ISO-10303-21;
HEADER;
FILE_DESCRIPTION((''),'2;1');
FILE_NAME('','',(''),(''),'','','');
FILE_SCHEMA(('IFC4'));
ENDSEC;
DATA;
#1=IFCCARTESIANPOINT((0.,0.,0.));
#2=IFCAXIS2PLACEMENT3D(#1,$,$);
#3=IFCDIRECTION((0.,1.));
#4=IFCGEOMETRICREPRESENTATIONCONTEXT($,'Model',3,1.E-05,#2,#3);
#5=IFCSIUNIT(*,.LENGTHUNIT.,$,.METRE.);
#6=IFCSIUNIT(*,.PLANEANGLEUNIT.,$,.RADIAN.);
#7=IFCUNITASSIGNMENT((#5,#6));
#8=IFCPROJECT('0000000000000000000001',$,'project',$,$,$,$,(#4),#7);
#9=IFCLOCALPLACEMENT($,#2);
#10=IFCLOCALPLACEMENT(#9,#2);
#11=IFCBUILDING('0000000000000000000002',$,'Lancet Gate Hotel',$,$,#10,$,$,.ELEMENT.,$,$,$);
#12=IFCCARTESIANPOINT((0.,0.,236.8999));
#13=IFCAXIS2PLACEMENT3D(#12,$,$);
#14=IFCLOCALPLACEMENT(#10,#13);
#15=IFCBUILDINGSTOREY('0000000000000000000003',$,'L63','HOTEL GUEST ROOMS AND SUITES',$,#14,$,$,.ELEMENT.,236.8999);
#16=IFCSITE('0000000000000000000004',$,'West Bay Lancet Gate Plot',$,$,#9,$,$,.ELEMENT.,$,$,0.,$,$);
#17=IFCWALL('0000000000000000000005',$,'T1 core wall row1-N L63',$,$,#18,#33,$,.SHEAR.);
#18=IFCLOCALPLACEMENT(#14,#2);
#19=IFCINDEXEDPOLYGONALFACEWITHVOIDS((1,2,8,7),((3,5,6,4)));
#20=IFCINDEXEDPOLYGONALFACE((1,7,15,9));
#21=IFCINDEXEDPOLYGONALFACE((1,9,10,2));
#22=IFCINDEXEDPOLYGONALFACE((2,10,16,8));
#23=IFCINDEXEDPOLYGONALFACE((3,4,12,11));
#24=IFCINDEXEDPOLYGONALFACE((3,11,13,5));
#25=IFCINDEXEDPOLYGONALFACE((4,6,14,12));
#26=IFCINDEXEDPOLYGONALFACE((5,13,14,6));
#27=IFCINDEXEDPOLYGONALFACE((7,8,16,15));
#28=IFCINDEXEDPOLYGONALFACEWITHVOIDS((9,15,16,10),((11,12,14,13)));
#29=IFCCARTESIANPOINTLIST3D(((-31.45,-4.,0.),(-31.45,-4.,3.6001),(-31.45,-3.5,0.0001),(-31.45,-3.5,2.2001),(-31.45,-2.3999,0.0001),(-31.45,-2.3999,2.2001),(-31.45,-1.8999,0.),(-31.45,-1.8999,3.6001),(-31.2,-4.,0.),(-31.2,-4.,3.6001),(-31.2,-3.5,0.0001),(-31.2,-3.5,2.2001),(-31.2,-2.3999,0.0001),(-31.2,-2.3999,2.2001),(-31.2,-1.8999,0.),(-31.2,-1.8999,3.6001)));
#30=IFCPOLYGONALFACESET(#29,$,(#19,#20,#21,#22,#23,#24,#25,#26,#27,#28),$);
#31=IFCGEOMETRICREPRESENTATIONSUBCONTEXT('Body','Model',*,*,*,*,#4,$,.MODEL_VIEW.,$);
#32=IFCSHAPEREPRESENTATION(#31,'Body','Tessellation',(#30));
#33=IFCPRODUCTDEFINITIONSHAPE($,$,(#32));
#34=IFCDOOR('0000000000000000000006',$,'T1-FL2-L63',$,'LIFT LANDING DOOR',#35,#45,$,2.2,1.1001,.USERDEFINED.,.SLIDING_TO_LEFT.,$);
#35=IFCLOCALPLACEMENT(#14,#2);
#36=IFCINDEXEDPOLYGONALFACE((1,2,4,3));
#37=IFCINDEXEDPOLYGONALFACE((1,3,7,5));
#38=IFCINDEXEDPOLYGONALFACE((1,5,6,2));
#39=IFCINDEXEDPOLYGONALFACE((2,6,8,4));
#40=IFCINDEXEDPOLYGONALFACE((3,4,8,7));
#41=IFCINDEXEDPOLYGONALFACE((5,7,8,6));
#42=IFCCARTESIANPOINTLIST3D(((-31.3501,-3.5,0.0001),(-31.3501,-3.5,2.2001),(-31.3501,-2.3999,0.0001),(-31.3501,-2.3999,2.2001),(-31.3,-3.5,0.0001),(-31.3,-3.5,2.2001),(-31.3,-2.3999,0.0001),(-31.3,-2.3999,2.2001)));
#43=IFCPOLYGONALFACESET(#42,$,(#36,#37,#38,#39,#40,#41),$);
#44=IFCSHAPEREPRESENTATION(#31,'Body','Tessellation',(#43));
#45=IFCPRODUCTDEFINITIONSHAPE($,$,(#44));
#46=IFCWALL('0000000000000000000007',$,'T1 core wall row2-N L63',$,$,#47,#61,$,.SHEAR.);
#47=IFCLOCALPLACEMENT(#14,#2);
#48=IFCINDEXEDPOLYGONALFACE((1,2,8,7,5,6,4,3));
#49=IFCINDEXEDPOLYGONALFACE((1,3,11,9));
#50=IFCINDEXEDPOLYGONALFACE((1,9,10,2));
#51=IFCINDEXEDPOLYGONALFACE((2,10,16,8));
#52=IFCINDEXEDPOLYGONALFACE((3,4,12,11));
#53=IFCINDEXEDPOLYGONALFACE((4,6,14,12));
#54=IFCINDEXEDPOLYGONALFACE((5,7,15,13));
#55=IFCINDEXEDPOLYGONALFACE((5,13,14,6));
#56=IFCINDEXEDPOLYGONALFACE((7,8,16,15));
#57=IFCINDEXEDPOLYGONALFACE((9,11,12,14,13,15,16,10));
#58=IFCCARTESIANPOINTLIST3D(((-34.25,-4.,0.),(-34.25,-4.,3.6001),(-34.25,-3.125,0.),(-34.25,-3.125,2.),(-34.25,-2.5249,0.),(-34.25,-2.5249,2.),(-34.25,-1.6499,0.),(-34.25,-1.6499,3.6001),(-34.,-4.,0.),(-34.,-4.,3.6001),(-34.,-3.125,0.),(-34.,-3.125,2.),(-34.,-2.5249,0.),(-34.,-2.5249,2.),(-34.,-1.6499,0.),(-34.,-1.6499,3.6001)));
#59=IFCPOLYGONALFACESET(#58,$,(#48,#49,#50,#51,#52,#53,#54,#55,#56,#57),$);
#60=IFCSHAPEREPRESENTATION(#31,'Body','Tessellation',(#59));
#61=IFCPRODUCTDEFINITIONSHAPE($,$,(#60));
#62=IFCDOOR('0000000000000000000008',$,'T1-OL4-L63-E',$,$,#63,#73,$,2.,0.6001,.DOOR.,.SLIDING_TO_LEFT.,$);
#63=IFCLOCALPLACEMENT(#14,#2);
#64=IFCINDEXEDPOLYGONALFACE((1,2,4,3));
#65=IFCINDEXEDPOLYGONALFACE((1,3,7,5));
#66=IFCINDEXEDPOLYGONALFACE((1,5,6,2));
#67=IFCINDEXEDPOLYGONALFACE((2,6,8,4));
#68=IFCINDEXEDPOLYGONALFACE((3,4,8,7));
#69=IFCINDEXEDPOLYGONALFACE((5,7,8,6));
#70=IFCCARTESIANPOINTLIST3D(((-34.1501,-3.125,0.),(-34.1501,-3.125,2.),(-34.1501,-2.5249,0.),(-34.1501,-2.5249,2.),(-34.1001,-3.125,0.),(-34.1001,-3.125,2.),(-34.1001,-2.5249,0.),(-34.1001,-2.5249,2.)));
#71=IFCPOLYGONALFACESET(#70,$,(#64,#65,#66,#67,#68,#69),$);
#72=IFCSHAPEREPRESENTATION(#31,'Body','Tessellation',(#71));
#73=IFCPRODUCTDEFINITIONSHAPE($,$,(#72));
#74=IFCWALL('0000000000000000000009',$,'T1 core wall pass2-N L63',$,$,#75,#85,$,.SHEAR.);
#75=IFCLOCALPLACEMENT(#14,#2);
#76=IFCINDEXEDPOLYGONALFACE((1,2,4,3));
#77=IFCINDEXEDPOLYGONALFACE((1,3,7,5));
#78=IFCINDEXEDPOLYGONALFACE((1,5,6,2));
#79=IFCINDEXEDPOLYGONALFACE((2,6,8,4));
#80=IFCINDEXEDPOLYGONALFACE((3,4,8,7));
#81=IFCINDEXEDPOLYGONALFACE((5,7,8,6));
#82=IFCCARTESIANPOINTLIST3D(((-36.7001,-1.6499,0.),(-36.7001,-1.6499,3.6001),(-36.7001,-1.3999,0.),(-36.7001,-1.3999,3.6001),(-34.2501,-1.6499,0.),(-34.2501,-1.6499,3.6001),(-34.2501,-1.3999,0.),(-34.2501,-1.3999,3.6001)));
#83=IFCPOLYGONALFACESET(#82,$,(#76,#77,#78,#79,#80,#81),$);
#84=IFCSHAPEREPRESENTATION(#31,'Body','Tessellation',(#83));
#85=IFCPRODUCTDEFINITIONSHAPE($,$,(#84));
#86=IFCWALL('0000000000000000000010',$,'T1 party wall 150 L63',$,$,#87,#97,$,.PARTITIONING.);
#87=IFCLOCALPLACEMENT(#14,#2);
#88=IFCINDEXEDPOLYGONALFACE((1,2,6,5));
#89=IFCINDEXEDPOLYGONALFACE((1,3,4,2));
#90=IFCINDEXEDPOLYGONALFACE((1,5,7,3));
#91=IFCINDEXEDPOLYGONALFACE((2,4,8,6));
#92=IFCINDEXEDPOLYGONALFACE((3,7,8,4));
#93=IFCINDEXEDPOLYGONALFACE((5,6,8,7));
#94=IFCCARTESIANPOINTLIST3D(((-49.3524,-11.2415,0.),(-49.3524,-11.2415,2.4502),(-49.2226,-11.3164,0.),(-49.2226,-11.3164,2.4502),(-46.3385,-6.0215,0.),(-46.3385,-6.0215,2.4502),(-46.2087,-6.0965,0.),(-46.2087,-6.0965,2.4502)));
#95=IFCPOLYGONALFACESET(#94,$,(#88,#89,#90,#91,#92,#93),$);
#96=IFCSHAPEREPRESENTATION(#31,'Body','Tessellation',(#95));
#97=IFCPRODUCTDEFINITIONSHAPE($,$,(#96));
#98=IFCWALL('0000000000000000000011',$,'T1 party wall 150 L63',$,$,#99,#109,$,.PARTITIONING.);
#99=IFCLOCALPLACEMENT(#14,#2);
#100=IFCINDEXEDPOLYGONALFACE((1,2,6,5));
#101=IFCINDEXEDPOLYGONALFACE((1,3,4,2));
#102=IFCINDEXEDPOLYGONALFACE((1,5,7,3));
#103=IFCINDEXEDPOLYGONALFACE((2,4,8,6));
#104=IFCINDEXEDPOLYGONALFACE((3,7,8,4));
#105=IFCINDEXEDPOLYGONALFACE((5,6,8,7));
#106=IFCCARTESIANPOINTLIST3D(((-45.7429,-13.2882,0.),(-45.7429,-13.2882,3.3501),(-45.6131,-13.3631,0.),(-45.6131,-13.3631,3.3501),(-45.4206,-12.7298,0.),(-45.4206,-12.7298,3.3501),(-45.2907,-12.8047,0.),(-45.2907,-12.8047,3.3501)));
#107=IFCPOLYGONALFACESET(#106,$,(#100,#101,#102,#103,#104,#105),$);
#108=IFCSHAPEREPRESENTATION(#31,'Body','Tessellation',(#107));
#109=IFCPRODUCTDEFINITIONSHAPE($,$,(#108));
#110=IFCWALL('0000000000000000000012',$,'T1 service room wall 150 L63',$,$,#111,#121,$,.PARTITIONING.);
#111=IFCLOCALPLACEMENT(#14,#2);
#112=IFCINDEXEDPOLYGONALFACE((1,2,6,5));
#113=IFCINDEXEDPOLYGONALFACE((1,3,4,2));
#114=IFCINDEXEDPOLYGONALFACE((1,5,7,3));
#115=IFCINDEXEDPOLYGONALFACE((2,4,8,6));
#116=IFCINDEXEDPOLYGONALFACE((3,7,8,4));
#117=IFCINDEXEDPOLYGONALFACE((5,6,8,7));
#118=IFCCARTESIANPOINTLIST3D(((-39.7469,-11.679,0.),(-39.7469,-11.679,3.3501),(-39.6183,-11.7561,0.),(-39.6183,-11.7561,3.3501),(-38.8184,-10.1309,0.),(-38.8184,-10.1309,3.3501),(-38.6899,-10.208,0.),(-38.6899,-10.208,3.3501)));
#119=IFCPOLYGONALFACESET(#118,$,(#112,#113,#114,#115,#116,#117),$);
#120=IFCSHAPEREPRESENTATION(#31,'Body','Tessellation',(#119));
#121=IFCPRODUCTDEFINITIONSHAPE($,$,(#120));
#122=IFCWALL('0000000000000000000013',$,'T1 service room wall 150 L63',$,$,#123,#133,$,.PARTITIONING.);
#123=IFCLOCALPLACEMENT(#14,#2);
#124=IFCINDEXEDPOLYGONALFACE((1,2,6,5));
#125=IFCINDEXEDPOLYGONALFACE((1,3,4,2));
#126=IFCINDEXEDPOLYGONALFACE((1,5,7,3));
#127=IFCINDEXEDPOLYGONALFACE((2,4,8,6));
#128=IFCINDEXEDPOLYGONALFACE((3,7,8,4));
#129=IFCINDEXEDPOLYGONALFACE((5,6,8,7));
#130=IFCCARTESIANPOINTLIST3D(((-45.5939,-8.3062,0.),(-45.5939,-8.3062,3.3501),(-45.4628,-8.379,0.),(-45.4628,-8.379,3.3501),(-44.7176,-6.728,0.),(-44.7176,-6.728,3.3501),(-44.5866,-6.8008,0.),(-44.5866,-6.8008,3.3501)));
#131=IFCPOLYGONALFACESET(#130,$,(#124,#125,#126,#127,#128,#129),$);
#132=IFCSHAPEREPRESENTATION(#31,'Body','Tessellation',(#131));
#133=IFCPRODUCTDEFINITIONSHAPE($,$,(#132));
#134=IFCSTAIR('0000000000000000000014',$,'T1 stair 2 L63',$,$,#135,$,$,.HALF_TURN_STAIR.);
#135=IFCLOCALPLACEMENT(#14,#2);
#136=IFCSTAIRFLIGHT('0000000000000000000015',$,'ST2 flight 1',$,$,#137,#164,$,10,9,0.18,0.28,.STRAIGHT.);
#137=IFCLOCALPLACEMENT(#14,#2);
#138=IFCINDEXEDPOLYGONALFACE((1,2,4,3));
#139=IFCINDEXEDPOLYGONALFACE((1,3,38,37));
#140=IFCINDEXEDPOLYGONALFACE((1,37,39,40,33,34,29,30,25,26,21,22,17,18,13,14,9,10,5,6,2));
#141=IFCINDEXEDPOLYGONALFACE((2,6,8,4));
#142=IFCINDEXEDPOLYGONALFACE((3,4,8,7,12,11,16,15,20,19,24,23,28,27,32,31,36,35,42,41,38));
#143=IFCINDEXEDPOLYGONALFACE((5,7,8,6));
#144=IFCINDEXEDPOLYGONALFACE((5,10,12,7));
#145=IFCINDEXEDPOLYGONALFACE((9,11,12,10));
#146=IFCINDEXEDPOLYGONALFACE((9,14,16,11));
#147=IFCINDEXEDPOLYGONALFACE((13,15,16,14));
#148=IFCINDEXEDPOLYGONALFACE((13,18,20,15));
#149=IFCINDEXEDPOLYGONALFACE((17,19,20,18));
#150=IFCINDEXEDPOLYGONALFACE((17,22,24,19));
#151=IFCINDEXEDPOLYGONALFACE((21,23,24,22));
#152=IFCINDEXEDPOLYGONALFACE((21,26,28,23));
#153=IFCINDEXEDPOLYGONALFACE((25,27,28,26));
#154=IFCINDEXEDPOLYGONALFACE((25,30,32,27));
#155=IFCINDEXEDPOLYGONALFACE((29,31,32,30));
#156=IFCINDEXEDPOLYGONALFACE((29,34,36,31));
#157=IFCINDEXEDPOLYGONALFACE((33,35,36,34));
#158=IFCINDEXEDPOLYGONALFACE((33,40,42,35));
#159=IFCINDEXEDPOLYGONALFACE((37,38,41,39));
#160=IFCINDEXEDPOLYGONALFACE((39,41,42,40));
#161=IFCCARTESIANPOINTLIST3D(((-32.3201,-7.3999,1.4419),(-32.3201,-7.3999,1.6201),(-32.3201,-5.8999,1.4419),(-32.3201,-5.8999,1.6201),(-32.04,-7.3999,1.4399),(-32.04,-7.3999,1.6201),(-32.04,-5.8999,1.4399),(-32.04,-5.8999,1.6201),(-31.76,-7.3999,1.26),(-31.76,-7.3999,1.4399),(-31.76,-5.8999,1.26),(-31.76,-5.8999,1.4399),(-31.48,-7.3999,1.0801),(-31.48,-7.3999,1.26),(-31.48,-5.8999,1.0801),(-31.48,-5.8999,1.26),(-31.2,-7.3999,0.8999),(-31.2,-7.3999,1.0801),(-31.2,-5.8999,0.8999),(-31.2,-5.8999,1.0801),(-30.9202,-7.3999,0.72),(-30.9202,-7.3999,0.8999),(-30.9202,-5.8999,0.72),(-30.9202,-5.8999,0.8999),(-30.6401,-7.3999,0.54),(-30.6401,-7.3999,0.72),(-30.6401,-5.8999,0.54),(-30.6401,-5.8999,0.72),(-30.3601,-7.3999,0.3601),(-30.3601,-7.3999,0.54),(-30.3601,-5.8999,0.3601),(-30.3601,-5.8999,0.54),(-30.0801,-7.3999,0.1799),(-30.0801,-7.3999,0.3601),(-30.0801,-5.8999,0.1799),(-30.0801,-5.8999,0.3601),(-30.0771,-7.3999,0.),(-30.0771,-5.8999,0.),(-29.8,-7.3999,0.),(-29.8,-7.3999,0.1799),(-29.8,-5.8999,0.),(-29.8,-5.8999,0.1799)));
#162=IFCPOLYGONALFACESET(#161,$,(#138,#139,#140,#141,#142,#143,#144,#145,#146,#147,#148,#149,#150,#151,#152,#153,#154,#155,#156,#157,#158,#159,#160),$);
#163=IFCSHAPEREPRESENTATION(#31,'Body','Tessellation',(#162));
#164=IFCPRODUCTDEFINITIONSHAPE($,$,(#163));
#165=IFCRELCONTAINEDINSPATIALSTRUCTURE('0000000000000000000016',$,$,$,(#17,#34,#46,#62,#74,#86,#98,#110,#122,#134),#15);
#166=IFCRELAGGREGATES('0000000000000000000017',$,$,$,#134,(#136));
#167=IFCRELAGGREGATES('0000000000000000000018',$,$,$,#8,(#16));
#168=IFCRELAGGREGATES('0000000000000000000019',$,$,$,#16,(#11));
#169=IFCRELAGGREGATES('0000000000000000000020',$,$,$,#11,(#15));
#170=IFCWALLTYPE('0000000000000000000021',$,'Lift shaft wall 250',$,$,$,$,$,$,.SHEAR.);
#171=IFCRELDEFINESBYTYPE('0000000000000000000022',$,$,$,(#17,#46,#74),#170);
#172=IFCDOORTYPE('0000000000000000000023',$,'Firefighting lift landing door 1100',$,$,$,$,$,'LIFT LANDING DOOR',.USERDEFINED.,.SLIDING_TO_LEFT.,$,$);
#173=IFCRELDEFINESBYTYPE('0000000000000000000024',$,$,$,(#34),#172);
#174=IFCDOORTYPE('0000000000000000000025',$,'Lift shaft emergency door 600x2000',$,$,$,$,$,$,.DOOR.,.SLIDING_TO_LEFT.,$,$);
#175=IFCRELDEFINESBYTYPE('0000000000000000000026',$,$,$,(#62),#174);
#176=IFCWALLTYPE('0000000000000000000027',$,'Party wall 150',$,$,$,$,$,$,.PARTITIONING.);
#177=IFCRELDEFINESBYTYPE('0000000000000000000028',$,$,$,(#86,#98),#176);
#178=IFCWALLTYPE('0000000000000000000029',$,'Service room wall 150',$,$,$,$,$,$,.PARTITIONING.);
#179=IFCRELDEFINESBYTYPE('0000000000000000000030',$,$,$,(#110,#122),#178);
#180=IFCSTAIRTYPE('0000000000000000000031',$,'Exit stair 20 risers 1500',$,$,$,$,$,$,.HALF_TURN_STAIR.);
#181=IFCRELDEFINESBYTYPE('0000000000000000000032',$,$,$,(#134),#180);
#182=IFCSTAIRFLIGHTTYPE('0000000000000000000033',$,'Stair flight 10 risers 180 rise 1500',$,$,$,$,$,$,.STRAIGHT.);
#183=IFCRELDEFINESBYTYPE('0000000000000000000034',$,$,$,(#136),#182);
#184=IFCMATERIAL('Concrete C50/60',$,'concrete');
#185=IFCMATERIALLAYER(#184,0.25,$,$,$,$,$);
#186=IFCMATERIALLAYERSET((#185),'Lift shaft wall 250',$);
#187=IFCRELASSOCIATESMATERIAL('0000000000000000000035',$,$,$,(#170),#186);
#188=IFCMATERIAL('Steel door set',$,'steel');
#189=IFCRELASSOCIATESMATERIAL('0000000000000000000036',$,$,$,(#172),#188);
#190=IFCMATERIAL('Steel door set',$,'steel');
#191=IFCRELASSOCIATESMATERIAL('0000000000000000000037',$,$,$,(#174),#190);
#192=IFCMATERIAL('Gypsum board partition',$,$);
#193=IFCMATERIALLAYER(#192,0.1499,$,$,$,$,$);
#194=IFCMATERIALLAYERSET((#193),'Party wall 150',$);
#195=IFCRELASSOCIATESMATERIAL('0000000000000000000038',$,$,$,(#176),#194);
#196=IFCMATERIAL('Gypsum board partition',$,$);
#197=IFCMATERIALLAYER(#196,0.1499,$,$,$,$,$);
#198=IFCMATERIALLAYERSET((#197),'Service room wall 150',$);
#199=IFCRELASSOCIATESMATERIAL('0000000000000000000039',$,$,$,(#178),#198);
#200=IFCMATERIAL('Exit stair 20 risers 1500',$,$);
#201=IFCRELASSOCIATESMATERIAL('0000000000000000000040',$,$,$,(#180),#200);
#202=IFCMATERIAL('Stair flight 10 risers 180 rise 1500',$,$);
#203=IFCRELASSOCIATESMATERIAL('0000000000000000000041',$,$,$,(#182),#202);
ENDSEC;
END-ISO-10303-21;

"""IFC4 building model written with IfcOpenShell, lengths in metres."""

from ifc_helpers import new_model, si_unit, direction, frame, frame_2d, origin, place, context, subcontext, project, spatial, polyline, rectangle, outline, extrude, material, layer, layer_set, type_object, element, fill, aggregate, save


model = new_model("IFC4")

# Units and contexts
model_context = context("Model", 3, precision=1e-05, world=origin(), true_north=direction((0.0, 1.0)))
body_context = subcontext(model_context, "Body", "Model", "MODEL_VIEW")
ifc_project = project(units=[si_unit("LENGTHUNIT", "METRE"), si_unit("PLANEANGLEUNIT", "RADIAN")], contexts=[model_context])

# Site, building, storey
site_placement = place(None, origin())
site = spatial("IfcSite", under=ifc_project, at=site_placement, Name="West Bay Lancet Gate Plot", CompositionType="ELEMENT", RefElevation=0.0)
building_placement = place(site_placement, origin())
building = spatial("IfcBuilding", under=site, at=building_placement, Name="Lancet Gate Hotel", CompositionType="ELEMENT")
storey_placement = place(building_placement, frame((0.0, 0.0, 236.8999)))
storey = spatial("IfcBuildingStorey", under=building, at=storey_placement, Name="L63", Description="HOTEL GUEST ROOMS AND SUITES", CompositionType="ELEMENT", Elevation=236.8999)

# Walls, openings, doors
ifc_material_1 = material(Name="Concrete C50/60", Category="concrete")
ifc_layer_1 = layer(ifc_material_1, 0.25)
ifc_layer_set_1 = layer_set([ifc_layer_1], Name="Lift shaft wall 250")
wall_type_1 = type_object("IfcWallType", Name="Lift shaft wall 250", PredefinedType="SHEAR", material=ifc_layer_set_1)
wall_1_placement = place(storey_placement, frame((-31.325, -1.8999, 0.0), z_axis=(0.0, 0.0, 1.0), x_axis=(0.0, -1.0, 0.0)))
wall_1 = element("IfcWall", 1, at=wall_1_placement, inside=storey, type_object=wall_type_1, Name="T1 core wall row1-N L63", PredefinedType="SHEAR", context=body_context, shape_type="SweptSolid", body=[
    extrude(rectangle(XDim=2.1001, YDim=0.25, at=frame_2d((1.05, 0.0))), origin(), (0.0, 0.0, 1.0), 3.6001),
])
opening_1_placement = place(wall_1_placement, frame((0.5, 0.0, 0.0)))
opening_1 = element("IfcOpeningElement", 2, at=opening_1_placement, cuts=wall_1, PredefinedType="OPENING", context=body_context, shape_type="SweptSolid", body=[
    extrude(rectangle(XDim=1.1001, YDim=2.2, at=frame_2d((0.55, 1.1001))), frame((0.0, 0.135, 0.0), z_axis=(0.0, -1.0, 0.0), x_axis=(1.0, 0.0, 0.0)), (0.0, 0.0, 1.0), 0.27),
])
ifc_material_2 = material(Name="Steel door set", Category="steel")
door_type_1 = type_object("IfcDoorType", Name="Firefighting lift landing door 1100", ElementType="LIFT LANDING DOOR", OperationType="SLIDING_TO_LEFT", PredefinedType="USERDEFINED", material=ifc_material_2)
door_1_placement = place(opening_1_placement, origin())
door_1 = element("IfcDoor", 3, at=door_1_placement, inside=storey, type_object=door_type_1, Name="T1-FL2-L63", ObjectType="LIFT LANDING DOOR", OperationType="SLIDING_TO_LEFT", OverallHeight=2.2, OverallWidth=1.1001, PredefinedType="USERDEFINED", context=body_context, shape_type="SweptSolid", body=[
    extrude(rectangle(XDim=1.1001, YDim=2.2, at=frame_2d((0.55, 1.1001))), frame((0.0, 0.0249, 0.0), z_axis=(0.0, -1.0, 0.0), x_axis=(1.0, 0.0, 0.0)), (0.0, 0.0, 1.0), 0.05),
])
fill(opening_1, door_1)
wall_2_placement = place(storey_placement, frame((-34.125, -1.6499, 0.0), z_axis=(0.0, 0.0, 1.0), x_axis=(0.0, -1.0, 0.0)))
wall_2 = element("IfcWall", 4, at=wall_2_placement, inside=storey, type_object=wall_type_1, Name="T1 core wall row2-N L63", PredefinedType="SHEAR", context=body_context, shape_type="SweptSolid", body=[
    extrude(rectangle(XDim=2.3501, YDim=0.25, at=frame_2d((1.175, 0.0))), origin(), (0.0, 0.0, 1.0), 3.6001),
])
opening_2_placement = place(wall_2_placement, frame((0.875, 0.0, 0.0)))
opening_2 = element("IfcOpeningElement", 5, at=opening_2_placement, cuts=wall_2, PredefinedType="OPENING", context=body_context, shape_type="SweptSolid", body=[
    extrude(rectangle(XDim=0.6001, YDim=2.0, at=frame_2d((0.3, 1.0))), frame((0.0, 0.135, 0.0), z_axis=(0.0, -1.0, 0.0), x_axis=(1.0, 0.0, 0.0)), (0.0, 0.0, 1.0), 0.27),
])
ifc_material_3 = material(Name="Steel door set", Category="steel")
door_type_2 = type_object("IfcDoorType", Name="Lift shaft emergency door 600x2000", OperationType="SLIDING_TO_LEFT", PredefinedType="DOOR", material=ifc_material_3)
door_2_placement = place(opening_2_placement, origin())
door_2 = element("IfcDoor", 6, at=door_2_placement, inside=storey, type_object=door_type_2, Name="T1-OL4-L63-E", OperationType="SLIDING_TO_LEFT", OverallHeight=2.0, OverallWidth=0.6001, PredefinedType="DOOR", context=body_context, shape_type="SweptSolid", body=[
    extrude(rectangle(XDim=0.6001, YDim=2.0, at=frame_2d((0.3, 1.0))), frame((0.0, 0.0249, 0.0), z_axis=(0.0, -1.0, 0.0), x_axis=(1.0, 0.0, 0.0)), (0.0, 0.0, 1.0), 0.05),
])
fill(opening_2, door_2)

# Walls
wall_3_placement = place(storey_placement, frame((-34.25, -1.5249, 0.0), z_axis=(0.0, 0.0, 1.0), x_axis=(-1.0, 0.0, 0.0)))
element("IfcWall", 7, at=wall_3_placement, inside=storey, type_object=wall_type_1, Name="T1 core wall pass2-N L63", PredefinedType="SHEAR", context=body_context, shape_type="SweptSolid", body=[
    extrude(rectangle(XDim=2.45, YDim=0.25, at=frame_2d((1.2251, 0.0))), origin(), (0.0, 0.0, 1.0), 3.6001),
])
ifc_material_4 = material(Name="Gypsum board partition")
ifc_layer_2 = layer(ifc_material_4, 0.1499)
ifc_layer_set_2 = layer_set([ifc_layer_2], Name="Party wall 150")
wall_type_2 = type_object("IfcWallType", Name="Party wall 150", PredefinedType="PARTITIONING", material=ifc_layer_set_2)
wall_4_placement = place(storey_placement, frame((-46.2737, -6.0591, 0.0), z_axis=(0.0, 0.0, 1.0), x_axis=(-0.50002, -0.866014, 0.0)))
element("IfcWall", 8, at=wall_4_placement, inside=storey, type_object=wall_type_2, Name="T1 party wall 150 L63", PredefinedType="PARTITIONING", context=body_context, shape_type="SweptSolid", body=[
    extrude(rectangle(XDim=6.0276, YDim=0.1499, at=frame_2d((3.0137, 0.0))), origin(), (0.0, 0.0, 1.0), 2.4502),
])
wall_5_placement = place(storey_placement, frame((-45.3557, -12.7673, 0.0), z_axis=(0.0, 0.0, 1.0), x_axis=(-0.499886, -0.866091, 0.0)))
element("IfcWall", 9, at=wall_5_placement, inside=storey, type_object=wall_type_2, Name="T1 party wall 150 L63", PredefinedType="PARTITIONING", context=body_context, shape_type="SweptSolid", body=[
    extrude(rectangle(XDim=0.6448, YDim=0.1499, at=frame_2d((0.3223, 0.0))), origin(), (0.0, 0.0, 1.0), 3.3501),
])
ifc_material_5 = material(Name="Gypsum board partition")
ifc_layer_3 = layer(ifc_material_5, 0.1499)
ifc_layer_set_3 = layer_set([ifc_layer_3], Name="Service room wall 150")
wall_type_3 = type_object("IfcWallType", Name="Service room wall 150", PredefinedType="PARTITIONING", material=ifc_layer_set_3)
for number, where, z_axis, x_axis, name in (
    (10, (-39.6826, -11.7175, 0.0), (0.0, 0.0, 1.0), (0.514337, 0.857588, 0.0), "T1 service room wall 150 L63"),
    (11, (-44.6521, -6.7644, 0.0), (0.0, 0.0, 1.0), (-0.485425, -0.874278, 0.0), "T1 service room wall 150 L63"),
):
    element("IfcWall", number, at=place(storey_placement, frame(where, z_axis=z_axis, x_axis=x_axis)), inside=storey, type_object=wall_type_3, Name=name, PredefinedType="PARTITIONING", context=body_context, shape_type="SweptSolid", body=[
        extrude(rectangle(XDim=1.8052, YDim=0.1499, at=frame_2d((0.9026, 0.0))), origin(), (0.0, 0.0, 1.0), 3.3501),
    ])

# Stair, stair flight
ifc_material_6 = material(Name="Exit stair 20 risers 1500")
stair_type = type_object("IfcStairType", Name="Exit stair 20 risers 1500", PredefinedType="HALF_TURN_STAIR", material=ifc_material_6)
stair_placement = place(storey_placement, origin())
stair = element("IfcStair", 12, at=stair_placement, inside=storey, type_object=stair_type, Name="T1 stair 2 L63", PredefinedType="HALF_TURN_STAIR")
ifc_material_7 = material(Name="Stair flight 10 risers 180 rise 1500")
stair_flight_type = type_object("IfcStairFlightType", Name="Stair flight 10 risers 180 rise 1500", PredefinedType="STRAIGHT", material=ifc_material_7)
stair_flight_1_placement = place(storey_placement, frame((-29.8, -6.6499, 0.0), z_axis=(0.0, 0.0, 1.0), x_axis=(-1.0, 0.0, 0.0)))
stair_flight_1 = element("IfcStairFlight", 13, at=stair_flight_1_placement, type_object=stair_flight_type, Name="ST2 flight 1", NumberOfRisers=10, NumberOfTreads=9, PredefinedType="STRAIGHT", RiserHeight=0.18, TreadLength=0.28, context=body_context, shape_type="SweptSolid", body=[
    extrude(outline(polyline([(0.0, 0.0), (0.0, 0.1799), (0.28, 0.1799), (0.28, 0.3601), (0.5601, 0.3601), (0.5601, 0.54), (0.8401, 0.54), (0.8401, 0.72), (1.1201, 0.72), (1.1201, 0.8999), (1.3999, 0.8999), (1.3999, 1.0801), (1.6799, 1.0801), (1.6799, 1.26), (1.96, 1.26), (1.96, 1.4399), (2.24, 1.4399), (2.24, 1.6201), (2.52, 1.6201), (2.52, 1.8), (2.52, 1.4419), (0.2771, 0.0), (0.0, 0.0)])), frame((0.0, 0.75, 0.0), z_axis=(0.0, -1.0, 0.0), x_axis=(1.0, 0.0, 0.0)), (0.0, 0.0, 1.0), 1.5),
])
aggregate(stair, [stair_flight_1])

save(model, "model.ifc")
